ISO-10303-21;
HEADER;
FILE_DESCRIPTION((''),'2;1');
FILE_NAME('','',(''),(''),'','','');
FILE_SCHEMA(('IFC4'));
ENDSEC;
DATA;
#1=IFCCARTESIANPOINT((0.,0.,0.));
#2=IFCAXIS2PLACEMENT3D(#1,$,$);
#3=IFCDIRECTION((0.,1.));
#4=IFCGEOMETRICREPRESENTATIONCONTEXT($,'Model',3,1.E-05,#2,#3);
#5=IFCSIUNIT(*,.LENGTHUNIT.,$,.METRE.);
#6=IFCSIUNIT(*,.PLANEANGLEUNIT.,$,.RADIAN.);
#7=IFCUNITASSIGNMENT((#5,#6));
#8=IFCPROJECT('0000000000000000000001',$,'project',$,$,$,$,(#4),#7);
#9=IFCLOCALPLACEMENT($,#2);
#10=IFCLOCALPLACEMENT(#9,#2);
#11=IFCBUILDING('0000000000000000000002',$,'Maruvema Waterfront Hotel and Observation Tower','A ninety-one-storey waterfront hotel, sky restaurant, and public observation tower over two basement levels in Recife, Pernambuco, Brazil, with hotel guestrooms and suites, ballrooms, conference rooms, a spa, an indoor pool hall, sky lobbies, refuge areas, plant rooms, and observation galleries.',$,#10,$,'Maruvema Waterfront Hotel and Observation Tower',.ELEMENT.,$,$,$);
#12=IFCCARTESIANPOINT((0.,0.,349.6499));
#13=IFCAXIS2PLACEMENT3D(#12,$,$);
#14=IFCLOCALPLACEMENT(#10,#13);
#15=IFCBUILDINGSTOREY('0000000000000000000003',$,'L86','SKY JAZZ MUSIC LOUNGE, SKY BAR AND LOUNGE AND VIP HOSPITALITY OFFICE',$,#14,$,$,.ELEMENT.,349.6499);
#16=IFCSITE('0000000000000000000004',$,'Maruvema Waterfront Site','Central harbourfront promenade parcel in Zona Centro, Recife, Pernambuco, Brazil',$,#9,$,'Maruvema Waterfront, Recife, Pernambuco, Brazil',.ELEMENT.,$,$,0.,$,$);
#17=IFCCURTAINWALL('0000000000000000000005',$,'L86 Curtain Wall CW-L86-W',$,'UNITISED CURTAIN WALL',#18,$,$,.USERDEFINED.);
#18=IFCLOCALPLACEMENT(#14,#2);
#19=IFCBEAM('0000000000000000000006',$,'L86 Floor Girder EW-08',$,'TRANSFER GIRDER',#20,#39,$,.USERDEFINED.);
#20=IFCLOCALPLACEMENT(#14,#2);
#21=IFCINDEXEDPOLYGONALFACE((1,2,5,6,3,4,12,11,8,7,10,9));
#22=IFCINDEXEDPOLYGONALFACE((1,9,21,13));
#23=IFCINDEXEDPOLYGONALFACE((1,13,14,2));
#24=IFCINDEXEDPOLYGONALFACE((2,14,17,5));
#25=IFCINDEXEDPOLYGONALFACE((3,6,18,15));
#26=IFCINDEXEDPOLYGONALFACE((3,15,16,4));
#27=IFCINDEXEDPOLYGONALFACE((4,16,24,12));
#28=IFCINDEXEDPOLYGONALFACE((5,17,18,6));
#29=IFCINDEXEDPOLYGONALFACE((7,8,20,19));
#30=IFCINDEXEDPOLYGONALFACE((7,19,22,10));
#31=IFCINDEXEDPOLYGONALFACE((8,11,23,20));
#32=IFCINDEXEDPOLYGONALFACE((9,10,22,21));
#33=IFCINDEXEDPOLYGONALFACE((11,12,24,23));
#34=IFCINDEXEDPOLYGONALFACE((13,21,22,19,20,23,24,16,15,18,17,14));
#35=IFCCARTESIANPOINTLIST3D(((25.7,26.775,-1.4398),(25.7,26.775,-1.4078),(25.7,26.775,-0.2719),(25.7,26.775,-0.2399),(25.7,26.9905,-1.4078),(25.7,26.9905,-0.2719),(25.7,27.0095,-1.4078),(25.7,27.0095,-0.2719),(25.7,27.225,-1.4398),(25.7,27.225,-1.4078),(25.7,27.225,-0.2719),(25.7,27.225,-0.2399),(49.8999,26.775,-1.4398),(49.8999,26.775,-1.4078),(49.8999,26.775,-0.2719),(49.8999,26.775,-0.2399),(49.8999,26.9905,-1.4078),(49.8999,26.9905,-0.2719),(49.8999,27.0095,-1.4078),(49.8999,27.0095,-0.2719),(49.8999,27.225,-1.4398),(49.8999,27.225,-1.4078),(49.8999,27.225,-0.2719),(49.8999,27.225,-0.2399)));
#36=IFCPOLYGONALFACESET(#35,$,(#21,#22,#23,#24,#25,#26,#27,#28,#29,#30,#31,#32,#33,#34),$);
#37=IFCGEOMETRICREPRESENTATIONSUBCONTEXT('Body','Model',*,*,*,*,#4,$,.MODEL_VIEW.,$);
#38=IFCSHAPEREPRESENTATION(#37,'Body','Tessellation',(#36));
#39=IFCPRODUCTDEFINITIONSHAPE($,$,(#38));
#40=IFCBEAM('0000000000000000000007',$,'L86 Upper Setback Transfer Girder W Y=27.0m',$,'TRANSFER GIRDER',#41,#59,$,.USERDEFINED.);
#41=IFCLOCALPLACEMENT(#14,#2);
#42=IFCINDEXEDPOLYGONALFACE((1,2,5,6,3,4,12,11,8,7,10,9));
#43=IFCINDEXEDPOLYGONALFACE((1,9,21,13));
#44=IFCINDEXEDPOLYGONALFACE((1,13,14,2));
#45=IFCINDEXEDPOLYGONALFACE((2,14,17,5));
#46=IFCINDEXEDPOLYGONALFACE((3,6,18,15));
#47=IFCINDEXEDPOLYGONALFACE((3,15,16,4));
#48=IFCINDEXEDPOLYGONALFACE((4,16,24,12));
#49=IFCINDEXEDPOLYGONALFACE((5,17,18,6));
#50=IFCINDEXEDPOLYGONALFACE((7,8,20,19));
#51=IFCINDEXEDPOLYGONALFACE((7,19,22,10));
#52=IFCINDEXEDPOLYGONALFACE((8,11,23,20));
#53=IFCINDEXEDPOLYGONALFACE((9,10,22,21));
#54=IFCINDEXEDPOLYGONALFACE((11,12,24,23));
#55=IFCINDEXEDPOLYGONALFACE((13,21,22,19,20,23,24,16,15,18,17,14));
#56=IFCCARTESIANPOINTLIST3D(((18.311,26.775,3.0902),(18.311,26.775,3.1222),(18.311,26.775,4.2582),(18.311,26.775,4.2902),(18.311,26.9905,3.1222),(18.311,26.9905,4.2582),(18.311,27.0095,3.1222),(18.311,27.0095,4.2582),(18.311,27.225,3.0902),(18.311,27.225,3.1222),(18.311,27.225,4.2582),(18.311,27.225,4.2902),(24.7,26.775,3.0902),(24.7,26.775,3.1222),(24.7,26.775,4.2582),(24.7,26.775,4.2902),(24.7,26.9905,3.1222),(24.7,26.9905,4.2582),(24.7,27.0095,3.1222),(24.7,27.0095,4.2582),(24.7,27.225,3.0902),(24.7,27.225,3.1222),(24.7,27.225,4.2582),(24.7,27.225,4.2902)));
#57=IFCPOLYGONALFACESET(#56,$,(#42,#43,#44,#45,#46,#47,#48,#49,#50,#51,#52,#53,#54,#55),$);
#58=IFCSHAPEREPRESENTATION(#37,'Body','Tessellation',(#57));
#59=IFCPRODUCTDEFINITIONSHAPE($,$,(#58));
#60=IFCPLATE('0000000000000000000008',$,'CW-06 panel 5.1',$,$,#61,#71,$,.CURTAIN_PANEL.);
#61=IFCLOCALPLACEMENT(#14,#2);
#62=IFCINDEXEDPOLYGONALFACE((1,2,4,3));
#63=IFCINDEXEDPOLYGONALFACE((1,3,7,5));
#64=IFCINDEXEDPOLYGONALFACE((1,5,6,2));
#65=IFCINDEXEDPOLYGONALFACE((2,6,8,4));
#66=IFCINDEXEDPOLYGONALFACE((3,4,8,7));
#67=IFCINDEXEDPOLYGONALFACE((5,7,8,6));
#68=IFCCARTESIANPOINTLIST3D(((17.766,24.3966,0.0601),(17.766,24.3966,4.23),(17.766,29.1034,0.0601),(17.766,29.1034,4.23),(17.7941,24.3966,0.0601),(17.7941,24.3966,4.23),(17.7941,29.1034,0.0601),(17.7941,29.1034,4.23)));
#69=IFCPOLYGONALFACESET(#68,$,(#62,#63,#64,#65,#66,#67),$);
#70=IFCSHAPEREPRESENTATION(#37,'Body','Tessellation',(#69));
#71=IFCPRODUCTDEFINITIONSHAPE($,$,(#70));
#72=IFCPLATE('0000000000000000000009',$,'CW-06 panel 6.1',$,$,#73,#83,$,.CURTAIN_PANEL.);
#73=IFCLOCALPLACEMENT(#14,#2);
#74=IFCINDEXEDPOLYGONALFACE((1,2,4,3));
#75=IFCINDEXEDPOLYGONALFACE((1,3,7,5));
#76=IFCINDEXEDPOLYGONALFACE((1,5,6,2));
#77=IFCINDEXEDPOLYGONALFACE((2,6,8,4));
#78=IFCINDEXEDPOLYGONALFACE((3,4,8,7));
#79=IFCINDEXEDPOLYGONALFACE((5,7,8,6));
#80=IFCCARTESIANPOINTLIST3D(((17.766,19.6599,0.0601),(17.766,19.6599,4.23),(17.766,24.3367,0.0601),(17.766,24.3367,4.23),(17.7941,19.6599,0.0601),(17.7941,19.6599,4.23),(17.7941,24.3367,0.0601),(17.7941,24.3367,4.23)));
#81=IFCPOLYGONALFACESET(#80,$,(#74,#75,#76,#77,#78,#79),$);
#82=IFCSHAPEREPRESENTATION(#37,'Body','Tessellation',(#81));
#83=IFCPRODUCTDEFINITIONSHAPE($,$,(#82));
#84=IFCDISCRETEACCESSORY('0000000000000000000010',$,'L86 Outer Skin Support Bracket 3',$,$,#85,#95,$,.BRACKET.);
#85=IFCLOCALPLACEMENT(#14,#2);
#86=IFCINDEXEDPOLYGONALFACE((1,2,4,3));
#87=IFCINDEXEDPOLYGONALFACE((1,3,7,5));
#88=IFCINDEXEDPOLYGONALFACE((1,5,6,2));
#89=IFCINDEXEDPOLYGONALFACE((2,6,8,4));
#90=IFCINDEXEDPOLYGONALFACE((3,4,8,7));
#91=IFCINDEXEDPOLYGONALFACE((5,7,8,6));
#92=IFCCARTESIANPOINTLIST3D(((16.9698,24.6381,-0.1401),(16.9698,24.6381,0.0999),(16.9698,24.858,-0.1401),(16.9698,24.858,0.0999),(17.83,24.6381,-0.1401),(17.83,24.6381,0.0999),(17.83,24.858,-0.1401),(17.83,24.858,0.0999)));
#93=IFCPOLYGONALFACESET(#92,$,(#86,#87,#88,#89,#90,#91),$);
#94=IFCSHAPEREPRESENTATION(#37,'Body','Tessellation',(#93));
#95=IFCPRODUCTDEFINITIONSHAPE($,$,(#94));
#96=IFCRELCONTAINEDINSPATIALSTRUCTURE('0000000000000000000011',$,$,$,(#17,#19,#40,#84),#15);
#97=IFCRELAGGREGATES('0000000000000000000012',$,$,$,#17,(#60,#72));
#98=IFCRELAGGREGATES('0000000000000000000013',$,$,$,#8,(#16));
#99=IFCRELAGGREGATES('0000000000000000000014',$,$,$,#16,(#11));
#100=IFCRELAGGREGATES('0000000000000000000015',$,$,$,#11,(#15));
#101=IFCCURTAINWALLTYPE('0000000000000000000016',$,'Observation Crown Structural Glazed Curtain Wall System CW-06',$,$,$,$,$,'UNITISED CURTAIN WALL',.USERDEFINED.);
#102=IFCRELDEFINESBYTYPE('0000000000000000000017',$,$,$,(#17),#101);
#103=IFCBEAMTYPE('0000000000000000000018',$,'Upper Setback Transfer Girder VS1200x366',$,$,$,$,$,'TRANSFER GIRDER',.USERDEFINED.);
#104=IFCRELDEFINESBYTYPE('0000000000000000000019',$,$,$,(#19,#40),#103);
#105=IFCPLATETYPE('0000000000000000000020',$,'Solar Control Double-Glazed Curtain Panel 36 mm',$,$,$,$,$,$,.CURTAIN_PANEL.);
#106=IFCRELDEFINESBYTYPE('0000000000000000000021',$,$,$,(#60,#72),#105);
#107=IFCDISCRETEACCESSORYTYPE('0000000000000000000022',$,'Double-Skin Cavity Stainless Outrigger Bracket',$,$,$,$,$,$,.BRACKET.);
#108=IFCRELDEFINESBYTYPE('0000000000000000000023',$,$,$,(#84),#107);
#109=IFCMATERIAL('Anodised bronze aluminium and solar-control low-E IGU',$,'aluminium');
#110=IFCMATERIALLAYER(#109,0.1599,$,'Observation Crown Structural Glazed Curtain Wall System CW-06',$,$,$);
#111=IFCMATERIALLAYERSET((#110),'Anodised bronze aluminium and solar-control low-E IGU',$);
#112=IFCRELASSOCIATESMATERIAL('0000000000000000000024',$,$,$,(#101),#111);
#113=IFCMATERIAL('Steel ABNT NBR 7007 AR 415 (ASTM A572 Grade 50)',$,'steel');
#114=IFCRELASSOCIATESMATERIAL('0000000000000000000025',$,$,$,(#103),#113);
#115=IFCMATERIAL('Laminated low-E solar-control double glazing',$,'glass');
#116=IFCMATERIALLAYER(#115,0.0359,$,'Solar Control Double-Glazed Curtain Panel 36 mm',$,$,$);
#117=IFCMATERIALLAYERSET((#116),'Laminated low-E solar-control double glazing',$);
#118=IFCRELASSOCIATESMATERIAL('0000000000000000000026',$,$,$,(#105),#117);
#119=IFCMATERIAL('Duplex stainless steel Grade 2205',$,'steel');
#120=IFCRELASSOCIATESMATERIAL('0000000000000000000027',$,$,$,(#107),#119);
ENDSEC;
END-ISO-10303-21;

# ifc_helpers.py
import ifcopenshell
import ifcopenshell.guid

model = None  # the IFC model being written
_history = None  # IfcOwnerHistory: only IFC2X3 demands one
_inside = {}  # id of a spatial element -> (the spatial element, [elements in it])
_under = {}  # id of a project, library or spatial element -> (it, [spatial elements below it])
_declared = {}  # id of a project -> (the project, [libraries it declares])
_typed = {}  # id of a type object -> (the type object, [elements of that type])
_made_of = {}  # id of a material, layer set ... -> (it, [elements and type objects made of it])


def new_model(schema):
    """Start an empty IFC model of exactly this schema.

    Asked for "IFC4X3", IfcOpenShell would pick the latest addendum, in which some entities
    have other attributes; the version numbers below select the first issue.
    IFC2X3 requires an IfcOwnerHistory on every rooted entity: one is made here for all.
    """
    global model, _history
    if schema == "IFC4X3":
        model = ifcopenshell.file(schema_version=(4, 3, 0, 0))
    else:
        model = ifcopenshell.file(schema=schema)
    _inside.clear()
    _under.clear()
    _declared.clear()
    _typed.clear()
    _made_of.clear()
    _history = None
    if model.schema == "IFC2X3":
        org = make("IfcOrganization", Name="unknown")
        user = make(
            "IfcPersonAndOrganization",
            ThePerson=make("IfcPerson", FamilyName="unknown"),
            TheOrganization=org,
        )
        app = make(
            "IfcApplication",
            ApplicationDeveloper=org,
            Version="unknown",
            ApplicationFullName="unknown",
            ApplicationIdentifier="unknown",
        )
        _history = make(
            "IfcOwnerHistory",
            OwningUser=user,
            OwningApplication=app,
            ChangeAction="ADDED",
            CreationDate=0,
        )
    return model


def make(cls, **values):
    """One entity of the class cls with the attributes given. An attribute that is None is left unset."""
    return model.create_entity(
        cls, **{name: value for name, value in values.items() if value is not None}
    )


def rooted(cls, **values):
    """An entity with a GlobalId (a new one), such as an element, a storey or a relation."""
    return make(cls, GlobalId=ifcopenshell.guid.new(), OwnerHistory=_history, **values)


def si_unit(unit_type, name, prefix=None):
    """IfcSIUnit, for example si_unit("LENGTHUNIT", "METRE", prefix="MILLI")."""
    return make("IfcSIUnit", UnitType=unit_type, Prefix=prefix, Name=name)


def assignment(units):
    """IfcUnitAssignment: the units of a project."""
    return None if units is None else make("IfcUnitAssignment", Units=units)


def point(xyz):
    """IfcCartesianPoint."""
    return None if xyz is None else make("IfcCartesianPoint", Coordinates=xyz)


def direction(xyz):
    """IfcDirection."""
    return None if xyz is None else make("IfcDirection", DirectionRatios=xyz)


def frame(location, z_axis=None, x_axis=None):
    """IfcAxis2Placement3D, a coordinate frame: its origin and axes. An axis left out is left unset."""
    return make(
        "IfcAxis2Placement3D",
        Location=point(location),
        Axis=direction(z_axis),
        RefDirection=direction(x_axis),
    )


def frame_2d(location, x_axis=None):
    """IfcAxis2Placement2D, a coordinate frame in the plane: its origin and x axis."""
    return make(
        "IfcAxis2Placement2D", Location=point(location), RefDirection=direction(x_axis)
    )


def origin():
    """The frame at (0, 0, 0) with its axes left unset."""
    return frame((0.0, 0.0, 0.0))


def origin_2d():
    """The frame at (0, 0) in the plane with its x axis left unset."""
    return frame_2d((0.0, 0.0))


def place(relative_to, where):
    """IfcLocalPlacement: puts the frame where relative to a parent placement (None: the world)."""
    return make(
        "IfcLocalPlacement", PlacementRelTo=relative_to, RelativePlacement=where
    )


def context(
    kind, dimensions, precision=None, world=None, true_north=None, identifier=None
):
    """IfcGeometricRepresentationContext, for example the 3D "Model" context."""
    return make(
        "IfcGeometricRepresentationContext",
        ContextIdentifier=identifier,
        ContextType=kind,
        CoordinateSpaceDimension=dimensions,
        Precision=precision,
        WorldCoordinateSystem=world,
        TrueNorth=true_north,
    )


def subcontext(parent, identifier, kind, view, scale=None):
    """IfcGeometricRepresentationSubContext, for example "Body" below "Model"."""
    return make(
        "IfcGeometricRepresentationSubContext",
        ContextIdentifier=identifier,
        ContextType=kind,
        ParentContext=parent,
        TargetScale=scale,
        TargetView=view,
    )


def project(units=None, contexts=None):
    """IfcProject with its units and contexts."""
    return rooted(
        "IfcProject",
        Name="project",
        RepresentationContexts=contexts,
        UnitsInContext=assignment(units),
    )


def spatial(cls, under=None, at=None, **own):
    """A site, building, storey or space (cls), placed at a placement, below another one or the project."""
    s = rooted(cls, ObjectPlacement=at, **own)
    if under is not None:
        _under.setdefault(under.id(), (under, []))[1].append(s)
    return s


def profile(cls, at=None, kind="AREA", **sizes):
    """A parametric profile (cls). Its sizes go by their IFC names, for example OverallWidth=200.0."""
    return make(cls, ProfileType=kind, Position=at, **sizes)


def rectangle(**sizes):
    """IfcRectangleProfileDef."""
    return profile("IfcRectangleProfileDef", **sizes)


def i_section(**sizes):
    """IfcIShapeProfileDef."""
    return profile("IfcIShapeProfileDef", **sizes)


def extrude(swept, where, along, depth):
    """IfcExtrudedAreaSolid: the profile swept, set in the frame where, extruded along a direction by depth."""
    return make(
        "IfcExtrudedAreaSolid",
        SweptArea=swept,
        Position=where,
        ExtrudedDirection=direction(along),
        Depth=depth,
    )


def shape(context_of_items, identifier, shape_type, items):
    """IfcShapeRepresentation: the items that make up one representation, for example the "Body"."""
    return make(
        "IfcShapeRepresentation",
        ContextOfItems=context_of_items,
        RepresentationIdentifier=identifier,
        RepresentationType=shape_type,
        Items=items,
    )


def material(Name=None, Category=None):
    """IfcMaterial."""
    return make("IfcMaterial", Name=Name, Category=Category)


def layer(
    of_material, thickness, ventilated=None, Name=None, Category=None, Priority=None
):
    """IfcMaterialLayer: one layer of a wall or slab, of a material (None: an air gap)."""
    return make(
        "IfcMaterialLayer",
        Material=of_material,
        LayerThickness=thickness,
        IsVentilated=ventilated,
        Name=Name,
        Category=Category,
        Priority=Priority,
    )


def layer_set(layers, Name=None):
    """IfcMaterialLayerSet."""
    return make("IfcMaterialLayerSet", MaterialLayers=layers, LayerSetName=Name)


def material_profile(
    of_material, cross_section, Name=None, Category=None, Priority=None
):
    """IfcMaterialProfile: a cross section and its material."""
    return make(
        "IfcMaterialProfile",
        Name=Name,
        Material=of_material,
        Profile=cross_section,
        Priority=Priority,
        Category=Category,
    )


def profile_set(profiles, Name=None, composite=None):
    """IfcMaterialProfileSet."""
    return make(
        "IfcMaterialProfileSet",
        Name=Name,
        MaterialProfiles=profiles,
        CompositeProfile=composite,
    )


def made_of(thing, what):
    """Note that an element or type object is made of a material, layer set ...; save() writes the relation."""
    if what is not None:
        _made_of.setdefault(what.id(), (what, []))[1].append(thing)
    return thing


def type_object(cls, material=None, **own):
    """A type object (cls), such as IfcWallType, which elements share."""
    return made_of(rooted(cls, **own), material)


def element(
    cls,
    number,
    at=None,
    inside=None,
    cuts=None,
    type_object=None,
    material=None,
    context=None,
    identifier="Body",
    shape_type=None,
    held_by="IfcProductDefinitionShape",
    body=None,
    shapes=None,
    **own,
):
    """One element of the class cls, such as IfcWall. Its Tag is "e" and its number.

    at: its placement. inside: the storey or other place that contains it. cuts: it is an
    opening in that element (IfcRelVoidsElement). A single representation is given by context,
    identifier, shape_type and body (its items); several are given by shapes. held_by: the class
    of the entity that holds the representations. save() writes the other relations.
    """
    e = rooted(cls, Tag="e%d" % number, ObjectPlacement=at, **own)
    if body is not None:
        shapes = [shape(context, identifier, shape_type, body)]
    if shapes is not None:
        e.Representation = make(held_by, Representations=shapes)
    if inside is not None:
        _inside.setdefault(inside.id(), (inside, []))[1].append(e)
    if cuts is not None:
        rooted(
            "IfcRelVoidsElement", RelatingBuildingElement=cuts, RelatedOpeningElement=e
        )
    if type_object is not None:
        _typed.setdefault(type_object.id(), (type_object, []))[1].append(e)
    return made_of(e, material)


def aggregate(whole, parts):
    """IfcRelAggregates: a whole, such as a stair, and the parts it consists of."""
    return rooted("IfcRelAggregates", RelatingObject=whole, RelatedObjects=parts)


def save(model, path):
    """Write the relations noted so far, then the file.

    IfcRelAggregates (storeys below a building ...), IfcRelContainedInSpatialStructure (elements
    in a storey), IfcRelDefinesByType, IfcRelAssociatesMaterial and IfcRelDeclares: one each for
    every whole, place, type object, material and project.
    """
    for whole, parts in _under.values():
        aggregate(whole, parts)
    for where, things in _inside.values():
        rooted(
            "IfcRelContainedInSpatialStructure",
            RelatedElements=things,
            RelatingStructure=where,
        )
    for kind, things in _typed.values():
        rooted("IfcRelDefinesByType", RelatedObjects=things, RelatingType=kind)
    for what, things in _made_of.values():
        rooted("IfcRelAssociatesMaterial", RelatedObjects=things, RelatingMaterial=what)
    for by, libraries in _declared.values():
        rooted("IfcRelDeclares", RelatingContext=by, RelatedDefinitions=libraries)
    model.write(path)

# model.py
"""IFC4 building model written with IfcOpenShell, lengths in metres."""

from ifc_helpers import new_model, si_unit, direction, frame, origin, origin_2d, place, context, subcontext, project, spatial, rectangle, i_section, extrude, material, layer, layer_set, material_profile, profile_set, type_object, element, aggregate, save


model = new_model("IFC4")

# Units and contexts
model_context = context("Model", 3, precision=1e-05, world=origin(), true_north=direction((0.0, 1.0)))
body_context = subcontext(model_context, "Body", "Model", "MODEL_VIEW")
ifc_project = project(units=[si_unit("LENGTHUNIT", "METRE"), si_unit("PLANEANGLEUNIT", "RADIAN")], contexts=[model_context])

# Site, building, storey
site_placement = place(None, origin())
site = spatial("IfcSite", under=ifc_project, at=site_placement, Name="Maruvema Waterfront Site", Description="Central harbourfront promenade parcel in Zona Centro, Recife, Pernambuco, Brazil", LongName="Maruvema Waterfront, Recife, Pernambuco, Brazil", CompositionType="ELEMENT", RefElevation=0.0)
building_placement = place(site_placement, origin())
building = spatial("IfcBuilding", under=site, at=building_placement, Name="Maruvema Waterfront Hotel and Observation Tower", Description="A ninety-one-storey waterfront hotel, sky restaurant, and public observation tower over two basement levels in Recife, Pernambuco, Brazil, with hotel guestrooms and suites, ballrooms, conference rooms, a spa, an indoor pool hall, sky lobbies, refuge areas, plant rooms, and observation galleries.", LongName="Maruvema Waterfront Hotel and Observation Tower", CompositionType="ELEMENT")
storey_placement = place(building_placement, frame((0.0, 0.0, 349.6499)))
storey = spatial("IfcBuildingStorey", under=building, at=storey_placement, Name="L86", Description="SKY JAZZ MUSIC LOUNGE, SKY BAR AND LOUNGE AND VIP HOSPITALITY OFFICE", CompositionType="ELEMENT", Elevation=349.6499)

# Curtain wall
ifc_material_1 = material(Name="Anodised bronze aluminium and solar-control low-E IGU", Category="aluminium")
ifc_layer_1 = layer(ifc_material_1, 0.1599, Name="Observation Crown Structural Glazed Curtain Wall System CW-06")
ifc_layer_set_1 = layer_set([ifc_layer_1], Name="Anodised bronze aluminium and solar-control low-E IGU")
curtain_wall_type = type_object("IfcCurtainWallType", Name="Observation Crown Structural Glazed Curtain Wall System CW-06", ElementType="UNITISED CURTAIN WALL", PredefinedType="USERDEFINED", material=ifc_layer_set_1)
curtain_wall_placement = place(storey_placement, origin())
curtain_wall = element("IfcCurtainWall", 1, at=curtain_wall_placement, inside=storey, type_object=curtain_wall_type, Name="L86 Curtain Wall CW-L86-W", ObjectType="UNITISED CURTAIN WALL", PredefinedType="USERDEFINED")

# Beams
ifc_material_2 = material(Name="Steel ABNT NBR 7007 AR 415 (ASTM A572 Grade 50)", Category="steel")
ifc_material_profile_1 = material_profile(ifc_material_2, i_section(OverallWidth=0.45, OverallDepth=1.2, WebThickness=0.019, FlangeThickness=0.032, at=origin_2d()), Name="VS1200x366")
ifc_profile_set_1 = profile_set([ifc_material_profile_1], Name="Steel ABNT NBR 7007 AR 415 (ASTM A572 Grade 50)")
beam_type_1 = type_object("IfcBeamType", Name="Upper Setback Transfer Girder VS1200x366", ElementType="TRANSFER GIRDER", PredefinedType="USERDEFINED", material=ifc_profile_set_1)
beam_1_placement = place(storey_placement, frame((25.7, 27.0, -0.8398), z_axis=(1.0, 0.0, 0.0), x_axis=(0.0, 1.0, 0.0)))
element("IfcBeam", 2, at=beam_1_placement, inside=storey, type_object=beam_type_1, Name="L86 Floor Girder EW-08", ObjectType="TRANSFER GIRDER", PredefinedType="USERDEFINED", context=body_context, shape_type="SweptSolid", body=[
    extrude(i_section(OverallWidth=0.45, OverallDepth=1.2, WebThickness=0.019, FlangeThickness=0.032, at=origin_2d()), origin(), (0.0, 0.0, 1.0), 24.2),
])
beam_2_placement = place(storey_placement, frame((18.311, 27.0, 3.6902), z_axis=(1.0, 0.0, 0.0), x_axis=(0.0, 1.0, 0.0)))
element("IfcBeam", 3, at=beam_2_placement, inside=storey, type_object=beam_type_1, Name="L86 Upper Setback Transfer Girder W Y=27.0m", ObjectType="TRANSFER GIRDER", PredefinedType="USERDEFINED", context=body_context, shape_type="SweptSolid", body=[
    extrude(i_section(OverallWidth=0.45, OverallDepth=1.2, WebThickness=0.019, FlangeThickness=0.032, at=origin_2d()), origin(), (0.0, 0.0, 1.0), 6.3889),
])

# Plates
ifc_material_3 = material(Name="Laminated low-E solar-control double glazing", Category="glass")
ifc_layer_2 = layer(ifc_material_3, 0.0359, Name="Solar Control Double-Glazed Curtain Panel 36 mm")
ifc_layer_set_2 = layer_set([ifc_layer_2], Name="Laminated low-E solar-control double glazing")
plate_type = type_object("IfcPlateType", Name="Solar Control Double-Glazed Curtain Panel 36 mm", PredefinedType="CURTAIN_PANEL", material=ifc_layer_set_2)
plate_1_placement = place(storey_placement, frame((17.78, 26.75, 0.0601), z_axis=(0.0, 0.0, 1.0), x_axis=(0.0, -1.0, 0.0)))
plate_1 = element("IfcPlate", 4, at=plate_1_placement, type_object=plate_type, Name="CW-06 panel 5.1", PredefinedType="CURTAIN_PANEL", context=body_context, shape_type="SweptSolid", body=[
    extrude(rectangle(XDim=4.7068, YDim=0.0281, at=origin_2d()), origin(), (0.0, 0.0, 1.0), 4.1699),
])
plate_2_placement = place(storey_placement, frame((17.78, 21.9983, 0.0601), z_axis=(0.0, 0.0, 1.0), x_axis=(0.0, -1.0, 0.0)))
plate_2 = element("IfcPlate", 5, at=plate_2_placement, type_object=plate_type, Name="CW-06 panel 6.1", PredefinedType="CURTAIN_PANEL", context=body_context, shape_type="SweptSolid", body=[
    extrude(rectangle(XDim=4.6768, YDim=0.0281, at=origin_2d()), origin(), (0.0, 0.0, 1.0), 4.1699),
])
aggregate(curtain_wall, [plate_1, plate_2])

# Discrete accessory
ifc_material_4 = material(Name="Duplex stainless steel Grade 2205", Category="steel")
discrete_accessory_type = type_object("IfcDiscreteAccessoryType", Name="Double-Skin Cavity Stainless Outrigger Bracket", PredefinedType="BRACKET", material=ifc_material_4)
discrete_accessory_placement = place(storey_placement, frame((17.3999, 24.748, -0.1401), z_axis=(0.0, 0.0, 1.0), x_axis=(0.0, -1.0, 0.0)))
element("IfcDiscreteAccessory", 6, at=discrete_accessory_placement, inside=storey, type_object=discrete_accessory_type, Name="L86 Outer Skin Support Bracket 3", PredefinedType="BRACKET", context=body_context, shape_type="SweptSolid", body=[
    extrude(rectangle(XDim=0.22, YDim=0.8601, at=origin_2d()), origin(), (0.0, 0.0, 1.0), 0.24),
])

save(model, "model.ifc")
